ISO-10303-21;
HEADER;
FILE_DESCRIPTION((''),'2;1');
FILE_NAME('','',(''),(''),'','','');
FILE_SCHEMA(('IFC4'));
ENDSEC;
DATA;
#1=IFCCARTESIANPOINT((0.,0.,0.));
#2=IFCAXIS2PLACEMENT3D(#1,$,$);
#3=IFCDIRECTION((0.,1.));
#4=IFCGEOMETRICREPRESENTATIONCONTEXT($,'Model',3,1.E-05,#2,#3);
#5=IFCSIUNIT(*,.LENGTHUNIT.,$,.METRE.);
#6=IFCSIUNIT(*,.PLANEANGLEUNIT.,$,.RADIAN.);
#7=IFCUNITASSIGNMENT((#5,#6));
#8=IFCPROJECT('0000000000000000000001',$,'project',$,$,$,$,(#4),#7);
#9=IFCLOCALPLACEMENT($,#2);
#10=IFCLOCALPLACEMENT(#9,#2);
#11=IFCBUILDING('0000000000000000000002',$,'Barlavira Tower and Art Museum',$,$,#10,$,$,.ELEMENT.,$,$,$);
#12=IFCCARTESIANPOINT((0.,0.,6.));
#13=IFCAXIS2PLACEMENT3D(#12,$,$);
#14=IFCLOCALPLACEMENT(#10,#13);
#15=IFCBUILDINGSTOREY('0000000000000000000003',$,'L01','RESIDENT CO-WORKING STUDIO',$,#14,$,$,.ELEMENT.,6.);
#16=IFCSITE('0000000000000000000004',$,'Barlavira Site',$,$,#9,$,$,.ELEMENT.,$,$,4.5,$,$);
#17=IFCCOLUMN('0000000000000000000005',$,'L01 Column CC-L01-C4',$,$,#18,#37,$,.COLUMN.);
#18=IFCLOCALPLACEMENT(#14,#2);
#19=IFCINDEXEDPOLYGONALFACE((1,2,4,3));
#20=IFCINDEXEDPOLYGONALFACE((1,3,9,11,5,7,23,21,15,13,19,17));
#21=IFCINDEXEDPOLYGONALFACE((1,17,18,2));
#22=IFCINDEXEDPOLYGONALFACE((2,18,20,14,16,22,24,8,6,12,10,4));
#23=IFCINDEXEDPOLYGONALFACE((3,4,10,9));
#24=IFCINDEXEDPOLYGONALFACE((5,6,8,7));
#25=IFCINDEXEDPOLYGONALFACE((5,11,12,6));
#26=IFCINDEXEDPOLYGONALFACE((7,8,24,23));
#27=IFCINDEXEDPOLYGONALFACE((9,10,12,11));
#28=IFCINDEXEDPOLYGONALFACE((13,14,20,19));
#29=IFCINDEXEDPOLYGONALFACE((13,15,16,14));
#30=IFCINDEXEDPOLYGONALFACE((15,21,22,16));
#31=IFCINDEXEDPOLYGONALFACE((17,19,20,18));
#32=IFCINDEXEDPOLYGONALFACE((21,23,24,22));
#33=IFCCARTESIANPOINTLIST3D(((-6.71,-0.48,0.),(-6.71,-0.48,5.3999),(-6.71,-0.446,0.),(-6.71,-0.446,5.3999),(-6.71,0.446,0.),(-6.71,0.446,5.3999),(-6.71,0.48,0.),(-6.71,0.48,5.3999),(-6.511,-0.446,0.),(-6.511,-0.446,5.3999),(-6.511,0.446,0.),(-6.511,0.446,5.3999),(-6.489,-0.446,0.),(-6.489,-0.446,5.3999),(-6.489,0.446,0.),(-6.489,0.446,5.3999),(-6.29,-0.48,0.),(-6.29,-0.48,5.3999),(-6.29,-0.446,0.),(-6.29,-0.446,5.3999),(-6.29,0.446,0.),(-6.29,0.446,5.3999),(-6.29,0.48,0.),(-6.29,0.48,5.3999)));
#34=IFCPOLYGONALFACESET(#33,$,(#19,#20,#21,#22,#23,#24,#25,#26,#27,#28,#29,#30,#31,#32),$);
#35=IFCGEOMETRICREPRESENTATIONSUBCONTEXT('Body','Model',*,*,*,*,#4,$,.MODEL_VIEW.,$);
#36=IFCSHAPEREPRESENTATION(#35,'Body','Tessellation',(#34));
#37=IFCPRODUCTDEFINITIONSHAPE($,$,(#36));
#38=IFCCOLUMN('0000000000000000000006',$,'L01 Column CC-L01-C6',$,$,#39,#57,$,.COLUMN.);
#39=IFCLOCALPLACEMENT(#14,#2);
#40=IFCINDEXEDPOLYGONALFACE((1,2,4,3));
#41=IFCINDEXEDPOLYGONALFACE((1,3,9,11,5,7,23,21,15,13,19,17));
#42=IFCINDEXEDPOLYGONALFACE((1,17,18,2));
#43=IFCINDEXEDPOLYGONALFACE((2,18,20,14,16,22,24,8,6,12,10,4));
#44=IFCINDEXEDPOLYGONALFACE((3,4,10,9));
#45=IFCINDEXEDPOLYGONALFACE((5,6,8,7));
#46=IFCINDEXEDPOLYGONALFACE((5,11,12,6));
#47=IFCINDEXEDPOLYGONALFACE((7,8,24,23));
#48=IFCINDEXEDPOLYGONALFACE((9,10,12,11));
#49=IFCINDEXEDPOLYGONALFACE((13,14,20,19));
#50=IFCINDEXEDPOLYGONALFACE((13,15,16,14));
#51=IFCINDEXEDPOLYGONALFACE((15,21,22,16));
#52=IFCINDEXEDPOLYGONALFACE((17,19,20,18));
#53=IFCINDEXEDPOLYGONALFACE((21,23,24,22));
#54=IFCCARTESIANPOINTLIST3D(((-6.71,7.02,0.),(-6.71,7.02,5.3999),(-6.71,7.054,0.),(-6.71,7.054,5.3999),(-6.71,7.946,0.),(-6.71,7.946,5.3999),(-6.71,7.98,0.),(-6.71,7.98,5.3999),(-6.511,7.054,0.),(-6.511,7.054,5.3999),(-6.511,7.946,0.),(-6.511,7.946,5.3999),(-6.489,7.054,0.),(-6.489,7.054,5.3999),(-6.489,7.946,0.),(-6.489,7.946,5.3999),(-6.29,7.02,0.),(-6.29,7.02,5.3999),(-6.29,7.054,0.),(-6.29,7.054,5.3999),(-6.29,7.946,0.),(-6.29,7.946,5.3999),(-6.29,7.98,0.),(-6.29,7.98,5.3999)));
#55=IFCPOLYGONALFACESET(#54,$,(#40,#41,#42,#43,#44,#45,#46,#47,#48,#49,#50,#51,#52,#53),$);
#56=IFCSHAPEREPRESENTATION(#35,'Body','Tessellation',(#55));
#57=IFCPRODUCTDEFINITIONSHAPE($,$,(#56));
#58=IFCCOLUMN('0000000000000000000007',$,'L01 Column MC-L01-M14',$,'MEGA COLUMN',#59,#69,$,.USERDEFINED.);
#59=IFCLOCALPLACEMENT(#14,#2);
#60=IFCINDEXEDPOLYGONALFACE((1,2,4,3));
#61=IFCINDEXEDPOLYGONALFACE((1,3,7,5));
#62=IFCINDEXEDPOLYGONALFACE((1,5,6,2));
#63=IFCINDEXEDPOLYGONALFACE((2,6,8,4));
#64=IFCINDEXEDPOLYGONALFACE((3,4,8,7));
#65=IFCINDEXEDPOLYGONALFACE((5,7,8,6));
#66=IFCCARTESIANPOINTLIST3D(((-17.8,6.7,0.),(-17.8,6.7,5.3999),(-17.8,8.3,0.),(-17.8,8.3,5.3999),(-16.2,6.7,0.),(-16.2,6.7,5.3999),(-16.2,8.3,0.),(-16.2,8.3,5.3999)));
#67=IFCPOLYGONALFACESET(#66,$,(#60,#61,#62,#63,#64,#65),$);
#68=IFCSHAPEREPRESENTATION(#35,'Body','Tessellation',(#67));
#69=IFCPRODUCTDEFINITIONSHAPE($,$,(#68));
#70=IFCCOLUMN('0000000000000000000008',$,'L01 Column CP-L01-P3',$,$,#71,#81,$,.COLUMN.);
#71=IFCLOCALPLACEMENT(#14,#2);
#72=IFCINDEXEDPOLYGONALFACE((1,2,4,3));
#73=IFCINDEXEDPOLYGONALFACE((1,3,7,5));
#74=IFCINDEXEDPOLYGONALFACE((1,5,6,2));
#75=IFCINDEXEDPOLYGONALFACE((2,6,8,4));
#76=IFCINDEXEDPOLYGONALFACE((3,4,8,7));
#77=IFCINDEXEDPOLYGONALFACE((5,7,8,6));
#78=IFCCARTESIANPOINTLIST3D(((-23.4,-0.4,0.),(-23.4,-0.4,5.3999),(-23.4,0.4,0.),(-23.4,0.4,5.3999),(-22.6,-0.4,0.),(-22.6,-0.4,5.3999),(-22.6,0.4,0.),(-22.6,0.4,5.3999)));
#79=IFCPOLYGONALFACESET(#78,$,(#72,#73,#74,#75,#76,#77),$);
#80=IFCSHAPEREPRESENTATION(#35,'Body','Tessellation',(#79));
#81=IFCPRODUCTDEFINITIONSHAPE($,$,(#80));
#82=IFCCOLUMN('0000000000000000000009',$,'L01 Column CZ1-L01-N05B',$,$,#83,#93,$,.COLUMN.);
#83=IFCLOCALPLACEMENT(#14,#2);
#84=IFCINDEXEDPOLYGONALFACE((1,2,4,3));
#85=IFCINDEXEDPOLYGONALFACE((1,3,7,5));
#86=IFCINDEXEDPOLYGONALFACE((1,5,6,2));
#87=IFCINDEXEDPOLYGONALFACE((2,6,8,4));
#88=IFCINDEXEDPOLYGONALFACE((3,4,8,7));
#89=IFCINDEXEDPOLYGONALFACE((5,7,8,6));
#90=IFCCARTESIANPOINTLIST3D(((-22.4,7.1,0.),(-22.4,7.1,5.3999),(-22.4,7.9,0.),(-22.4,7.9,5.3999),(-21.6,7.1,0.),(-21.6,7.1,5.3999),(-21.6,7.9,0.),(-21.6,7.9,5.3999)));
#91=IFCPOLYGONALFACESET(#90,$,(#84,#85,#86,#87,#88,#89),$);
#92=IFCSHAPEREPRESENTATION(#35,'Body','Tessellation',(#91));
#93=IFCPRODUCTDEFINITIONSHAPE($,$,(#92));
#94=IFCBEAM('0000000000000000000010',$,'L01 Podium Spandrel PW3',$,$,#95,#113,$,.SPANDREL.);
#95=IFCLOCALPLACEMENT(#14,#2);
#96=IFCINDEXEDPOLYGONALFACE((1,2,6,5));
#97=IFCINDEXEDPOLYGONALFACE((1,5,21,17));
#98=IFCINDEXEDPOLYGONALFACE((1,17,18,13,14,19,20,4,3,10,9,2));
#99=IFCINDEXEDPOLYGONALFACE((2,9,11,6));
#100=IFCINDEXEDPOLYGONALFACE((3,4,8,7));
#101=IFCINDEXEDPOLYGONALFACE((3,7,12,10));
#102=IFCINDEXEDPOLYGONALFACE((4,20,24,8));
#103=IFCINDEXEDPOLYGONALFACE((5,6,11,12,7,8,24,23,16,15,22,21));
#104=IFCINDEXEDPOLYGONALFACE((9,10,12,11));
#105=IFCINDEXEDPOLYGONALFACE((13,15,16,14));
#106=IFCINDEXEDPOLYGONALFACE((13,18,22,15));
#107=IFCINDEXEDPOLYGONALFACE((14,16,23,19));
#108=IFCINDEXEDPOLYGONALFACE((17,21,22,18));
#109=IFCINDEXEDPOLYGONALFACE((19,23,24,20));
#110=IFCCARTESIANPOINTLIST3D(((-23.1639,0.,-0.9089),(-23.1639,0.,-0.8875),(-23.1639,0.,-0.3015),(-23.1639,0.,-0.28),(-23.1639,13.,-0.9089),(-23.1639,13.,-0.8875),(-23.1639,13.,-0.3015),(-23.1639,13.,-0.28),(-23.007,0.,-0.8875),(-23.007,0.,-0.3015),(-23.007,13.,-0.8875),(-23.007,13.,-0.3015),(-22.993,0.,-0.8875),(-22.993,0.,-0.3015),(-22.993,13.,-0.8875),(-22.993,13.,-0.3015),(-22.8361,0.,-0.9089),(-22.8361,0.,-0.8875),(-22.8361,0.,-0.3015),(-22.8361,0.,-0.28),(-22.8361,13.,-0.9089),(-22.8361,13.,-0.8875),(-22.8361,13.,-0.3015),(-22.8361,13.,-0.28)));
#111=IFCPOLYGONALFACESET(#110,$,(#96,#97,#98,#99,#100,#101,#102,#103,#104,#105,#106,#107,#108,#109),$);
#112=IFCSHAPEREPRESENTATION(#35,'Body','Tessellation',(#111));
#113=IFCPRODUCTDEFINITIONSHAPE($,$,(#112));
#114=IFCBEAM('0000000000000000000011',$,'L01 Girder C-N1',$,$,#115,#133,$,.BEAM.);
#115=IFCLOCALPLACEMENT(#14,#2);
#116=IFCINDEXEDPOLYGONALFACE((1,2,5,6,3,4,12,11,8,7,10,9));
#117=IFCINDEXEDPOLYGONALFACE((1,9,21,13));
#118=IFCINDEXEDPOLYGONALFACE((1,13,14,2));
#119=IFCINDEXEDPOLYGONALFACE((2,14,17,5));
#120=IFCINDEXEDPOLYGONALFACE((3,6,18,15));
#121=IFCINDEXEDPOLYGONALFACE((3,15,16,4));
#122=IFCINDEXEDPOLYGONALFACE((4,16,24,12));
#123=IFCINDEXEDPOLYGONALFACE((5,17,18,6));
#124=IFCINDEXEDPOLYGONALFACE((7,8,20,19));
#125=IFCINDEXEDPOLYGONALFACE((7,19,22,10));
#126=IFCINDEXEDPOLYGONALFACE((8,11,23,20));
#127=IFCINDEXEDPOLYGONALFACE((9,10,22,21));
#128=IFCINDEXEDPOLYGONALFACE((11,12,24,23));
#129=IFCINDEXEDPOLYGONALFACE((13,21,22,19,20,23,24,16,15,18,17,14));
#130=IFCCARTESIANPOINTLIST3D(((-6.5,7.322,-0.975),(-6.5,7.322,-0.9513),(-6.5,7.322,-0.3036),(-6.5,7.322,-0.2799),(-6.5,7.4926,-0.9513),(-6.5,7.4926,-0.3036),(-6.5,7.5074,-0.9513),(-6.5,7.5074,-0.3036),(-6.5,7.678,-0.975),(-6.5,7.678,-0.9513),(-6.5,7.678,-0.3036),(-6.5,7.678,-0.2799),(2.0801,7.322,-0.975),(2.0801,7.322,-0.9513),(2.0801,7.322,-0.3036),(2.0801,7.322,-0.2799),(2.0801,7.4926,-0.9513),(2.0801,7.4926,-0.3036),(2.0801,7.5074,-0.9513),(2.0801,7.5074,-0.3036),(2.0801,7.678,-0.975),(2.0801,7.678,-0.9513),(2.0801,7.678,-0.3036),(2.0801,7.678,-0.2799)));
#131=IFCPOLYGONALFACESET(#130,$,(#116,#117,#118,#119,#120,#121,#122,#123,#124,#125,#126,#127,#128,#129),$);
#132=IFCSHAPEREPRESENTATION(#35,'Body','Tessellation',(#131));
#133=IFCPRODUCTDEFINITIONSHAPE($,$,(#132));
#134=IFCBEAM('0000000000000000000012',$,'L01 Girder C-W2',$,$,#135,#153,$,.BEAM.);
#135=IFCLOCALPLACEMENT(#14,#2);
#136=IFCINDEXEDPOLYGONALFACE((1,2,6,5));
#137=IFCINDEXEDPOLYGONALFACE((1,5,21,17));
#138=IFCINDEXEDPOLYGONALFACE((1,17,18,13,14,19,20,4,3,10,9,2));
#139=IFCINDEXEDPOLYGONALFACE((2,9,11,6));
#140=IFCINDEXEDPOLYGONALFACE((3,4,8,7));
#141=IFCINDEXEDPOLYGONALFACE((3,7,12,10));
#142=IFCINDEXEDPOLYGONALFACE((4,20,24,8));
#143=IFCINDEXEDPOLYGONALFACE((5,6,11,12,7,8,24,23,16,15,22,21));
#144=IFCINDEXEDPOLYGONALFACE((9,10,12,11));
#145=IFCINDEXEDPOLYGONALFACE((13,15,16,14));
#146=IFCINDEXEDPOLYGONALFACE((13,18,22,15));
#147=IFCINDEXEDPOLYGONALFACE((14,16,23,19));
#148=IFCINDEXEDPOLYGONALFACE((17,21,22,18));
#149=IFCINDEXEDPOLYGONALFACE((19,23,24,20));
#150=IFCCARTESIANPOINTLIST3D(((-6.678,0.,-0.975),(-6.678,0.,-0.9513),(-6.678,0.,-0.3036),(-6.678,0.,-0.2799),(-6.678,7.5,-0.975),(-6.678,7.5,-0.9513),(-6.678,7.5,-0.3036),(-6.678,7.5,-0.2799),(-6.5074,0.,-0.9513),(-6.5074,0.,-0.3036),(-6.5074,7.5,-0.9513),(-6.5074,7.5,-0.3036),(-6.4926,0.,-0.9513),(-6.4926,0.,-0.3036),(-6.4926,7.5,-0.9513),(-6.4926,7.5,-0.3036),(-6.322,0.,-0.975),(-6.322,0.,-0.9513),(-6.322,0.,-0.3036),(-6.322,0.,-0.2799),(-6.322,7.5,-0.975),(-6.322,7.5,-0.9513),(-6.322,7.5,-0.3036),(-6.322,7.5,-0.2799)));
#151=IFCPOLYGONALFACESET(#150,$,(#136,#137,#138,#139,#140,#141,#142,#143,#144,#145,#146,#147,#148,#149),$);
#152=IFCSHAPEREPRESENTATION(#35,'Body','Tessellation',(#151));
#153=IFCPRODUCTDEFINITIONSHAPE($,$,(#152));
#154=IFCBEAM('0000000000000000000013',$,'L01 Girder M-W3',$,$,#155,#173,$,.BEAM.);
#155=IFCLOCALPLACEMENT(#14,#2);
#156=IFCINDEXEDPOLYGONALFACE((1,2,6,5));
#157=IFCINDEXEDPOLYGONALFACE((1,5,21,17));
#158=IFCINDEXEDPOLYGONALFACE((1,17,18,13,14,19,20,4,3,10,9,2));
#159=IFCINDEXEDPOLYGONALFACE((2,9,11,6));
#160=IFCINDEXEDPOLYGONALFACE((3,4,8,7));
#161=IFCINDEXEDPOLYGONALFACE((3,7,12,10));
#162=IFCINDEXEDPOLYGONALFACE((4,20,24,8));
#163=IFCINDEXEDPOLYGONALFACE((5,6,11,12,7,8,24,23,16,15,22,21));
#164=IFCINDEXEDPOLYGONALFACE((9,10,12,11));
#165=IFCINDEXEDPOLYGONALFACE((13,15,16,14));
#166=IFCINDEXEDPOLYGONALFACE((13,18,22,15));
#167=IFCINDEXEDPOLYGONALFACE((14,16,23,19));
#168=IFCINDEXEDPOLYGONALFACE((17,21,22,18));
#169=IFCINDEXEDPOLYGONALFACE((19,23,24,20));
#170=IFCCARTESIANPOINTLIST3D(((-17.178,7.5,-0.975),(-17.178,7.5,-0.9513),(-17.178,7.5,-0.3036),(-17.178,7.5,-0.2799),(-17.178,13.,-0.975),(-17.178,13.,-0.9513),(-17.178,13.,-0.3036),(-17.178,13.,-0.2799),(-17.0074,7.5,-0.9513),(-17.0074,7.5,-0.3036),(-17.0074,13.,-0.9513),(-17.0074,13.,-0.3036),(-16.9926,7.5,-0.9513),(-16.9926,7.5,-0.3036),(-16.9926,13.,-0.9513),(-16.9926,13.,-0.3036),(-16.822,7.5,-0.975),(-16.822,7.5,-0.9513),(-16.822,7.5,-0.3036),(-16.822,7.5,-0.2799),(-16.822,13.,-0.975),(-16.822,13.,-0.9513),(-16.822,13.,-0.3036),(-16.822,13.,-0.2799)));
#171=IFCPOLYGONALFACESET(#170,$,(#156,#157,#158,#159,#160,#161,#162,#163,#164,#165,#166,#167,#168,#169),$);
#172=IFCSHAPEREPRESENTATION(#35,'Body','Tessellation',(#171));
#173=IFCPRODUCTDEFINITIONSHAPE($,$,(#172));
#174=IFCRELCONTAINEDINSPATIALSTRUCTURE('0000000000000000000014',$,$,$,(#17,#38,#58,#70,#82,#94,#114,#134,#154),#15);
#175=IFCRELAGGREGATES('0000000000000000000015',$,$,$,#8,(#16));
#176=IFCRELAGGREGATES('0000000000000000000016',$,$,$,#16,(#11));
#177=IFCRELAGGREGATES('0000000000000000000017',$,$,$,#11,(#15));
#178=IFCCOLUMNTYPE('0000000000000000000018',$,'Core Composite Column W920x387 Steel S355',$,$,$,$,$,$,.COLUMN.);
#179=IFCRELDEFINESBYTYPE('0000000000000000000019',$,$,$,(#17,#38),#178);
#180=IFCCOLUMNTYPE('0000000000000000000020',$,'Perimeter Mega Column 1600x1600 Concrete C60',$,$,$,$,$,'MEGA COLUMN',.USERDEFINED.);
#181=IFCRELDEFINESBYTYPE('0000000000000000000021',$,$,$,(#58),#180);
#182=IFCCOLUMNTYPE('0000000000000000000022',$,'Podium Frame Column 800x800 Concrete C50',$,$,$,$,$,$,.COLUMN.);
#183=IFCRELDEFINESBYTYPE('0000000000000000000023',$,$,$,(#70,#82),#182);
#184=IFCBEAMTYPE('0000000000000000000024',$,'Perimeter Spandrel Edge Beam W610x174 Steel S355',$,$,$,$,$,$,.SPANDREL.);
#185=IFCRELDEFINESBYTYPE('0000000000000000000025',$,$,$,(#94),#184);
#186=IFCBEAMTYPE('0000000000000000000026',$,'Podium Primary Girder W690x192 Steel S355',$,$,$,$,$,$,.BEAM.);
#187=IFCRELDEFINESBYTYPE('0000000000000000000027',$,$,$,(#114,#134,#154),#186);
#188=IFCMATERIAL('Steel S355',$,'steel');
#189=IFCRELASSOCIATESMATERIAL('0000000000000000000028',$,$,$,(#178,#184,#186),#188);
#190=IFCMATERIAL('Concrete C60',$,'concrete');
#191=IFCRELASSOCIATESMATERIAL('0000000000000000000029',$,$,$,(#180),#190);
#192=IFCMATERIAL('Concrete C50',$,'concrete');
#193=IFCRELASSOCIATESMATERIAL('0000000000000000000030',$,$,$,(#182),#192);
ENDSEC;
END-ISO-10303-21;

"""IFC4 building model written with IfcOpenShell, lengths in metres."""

from ifc_helpers import new_model, si_unit, direction, frame, origin, origin_2d, place, context, subcontext, project, spatial, rectangle, i_section, extrude, material, material_profile, profile_set, type_object, element, save


model = new_model("IFC4")

# Units and contexts
model_context = context("Model", 3, precision=1e-05, world=origin(), true_north=direction((0.0, 1.0)))
body_context = subcontext(model_context, "Body", "Model", "MODEL_VIEW")
ifc_project = project(units=[si_unit("LENGTHUNIT", "METRE"), si_unit("PLANEANGLEUNIT", "RADIAN")], contexts=[model_context])

# Site, building, storey
site_placement = place(None, origin())
site = spatial("IfcSite", under=ifc_project, at=site_placement, Name="Barlavira Site", CompositionType="ELEMENT", RefElevation=4.5)
building_placement = place(site_placement, origin())
building = spatial("IfcBuilding", under=site, at=building_placement, Name="Barlavira Tower and Art Museum", CompositionType="ELEMENT")
storey_placement = place(building_placement, frame((0.0, 0.0, 6.0)))
storey = spatial("IfcBuildingStorey", under=building, at=storey_placement, Name="L01", Description="RESIDENT CO-WORKING STUDIO", CompositionType="ELEMENT", Elevation=6.0)

# Columns
ifc_material_1 = material(Name="Steel S355", Category="steel")
ifc_material_profile_1 = material_profile(ifc_material_1, i_section(OverallWidth=0.4199, OverallDepth=0.96, WebThickness=0.022, FlangeThickness=0.0339, at=origin_2d()), Name="W920x387.0")
ifc_profile_set_1 = profile_set([ifc_material_profile_1], Name="Steel S355")
column_type_1 = type_object("IfcColumnType", Name="Core Composite Column W920x387 Steel S355", PredefinedType="COLUMN", material=ifc_profile_set_1)
for number, where, z_axis, x_axis, name in (
    (1, (-6.5, 0.0, 0.0), (0.0, 0.0, 1.0), (1.0, 0.0, 0.0), "L01 Column CC-L01-C4"),
    (2, (-6.5, 7.5, 0.0), (0.0, 0.0, 1.0), (1.0, 0.0, 0.0), "L01 Column CC-L01-C6"),
):
    element("IfcColumn", number, at=place(storey_placement, frame(where, z_axis=z_axis, x_axis=x_axis)), inside=storey, type_object=column_type_1, Name=name, PredefinedType="COLUMN", context=body_context, shape_type="SweptSolid", body=[
        extrude(i_section(OverallWidth=0.4199, OverallDepth=0.96, WebThickness=0.022, FlangeThickness=0.0339, at=origin_2d()), origin(), (0.0, 0.0, 1.0), 5.3999),
    ])
ifc_material_2 = material(Name="Concrete C60", Category="concrete")
ifc_material_profile_2 = material_profile(ifc_material_2, rectangle(XDim=1.6001, YDim=1.6001, at=origin_2d()), Name="RC-MCOL 1600x1600")
ifc_profile_set_2 = profile_set([ifc_material_profile_2], Name="Concrete C60")
column_type_2 = type_object("IfcColumnType", Name="Perimeter Mega Column 1600x1600 Concrete C60", ElementType="MEGA COLUMN", PredefinedType="USERDEFINED", material=ifc_profile_set_2)
column_placement = place(storey_placement, frame((-17.0, 7.5, 0.0), z_axis=(0.0, 0.0, 1.0), x_axis=(1.0, 0.0, 0.0)))
element("IfcColumn", 3, at=column_placement, inside=storey, type_object=column_type_2, Name="L01 Column MC-L01-M14", ObjectType="MEGA COLUMN", PredefinedType="USERDEFINED", context=body_context, shape_type="SweptSolid", body=[
    extrude(rectangle(XDim=1.6001, YDim=1.6001, at=origin_2d()), origin(), (0.0, 0.0, 1.0), 5.3999),
])
ifc_material_3 = material(Name="Concrete C50", Category="concrete")
ifc_material_profile_3 = material_profile(ifc_material_3, rectangle(XDim=0.8, YDim=0.8, at=origin_2d()), Name="RC-COL 800x800")
ifc_profile_set_3 = profile_set([ifc_material_profile_3], Name="Concrete C50")
column_type_3 = type_object("IfcColumnType", Name="Podium Frame Column 800x800 Concrete C50", PredefinedType="COLUMN", material=ifc_profile_set_3)
for number, where, z_axis, x_axis, name in (
    (4, (-23.0, 0.0, 0.0), (0.0, 0.0, 1.0), (1.0, 0.0, 0.0), "L01 Column CP-L01-P3"),
    (5, (-22.0, 7.5, 0.0), (0.0, 0.0, 1.0), (1.0, 0.0, 0.0), "L01 Column CZ1-L01-N05B"),
):
    element("IfcColumn", number, at=place(storey_placement, frame(where, z_axis=z_axis, x_axis=x_axis)), inside=storey, type_object=column_type_3, Name=name, PredefinedType="COLUMN", context=body_context, shape_type="SweptSolid", body=[
        extrude(rectangle(XDim=0.8, YDim=0.8, at=origin_2d()), origin(), (0.0, 0.0, 1.0), 5.3999),
    ])

# Beams
ifc_material_profile_4 = material_profile(ifc_material_1, i_section(OverallWidth=0.3279, OverallDepth=0.6289, WebThickness=0.0139, FlangeThickness=0.0215, at=origin_2d()), Name="W610x174.0")
ifc_profile_set_4 = profile_set([ifc_material_profile_4], Name="Steel S355")
beam_type_1 = type_object("IfcBeamType", Name="Perimeter Spandrel Edge Beam W610x174 Steel S355", PredefinedType="SPANDREL", material=ifc_profile_set_4)
beam_1_placement = place(storey_placement, frame((-23.0, 0.0, -0.5945), z_axis=(0.0, 1.0, 0.0), x_axis=(-1.0, 0.0, 0.0)))
element("IfcBeam", 6, at=beam_1_placement, inside=storey, type_object=beam_type_1, Name="L01 Podium Spandrel PW3", PredefinedType="SPANDREL", context=body_context, shape_type="SweptSolid", body=[
    extrude(i_section(OverallWidth=0.3279, OverallDepth=0.6289, WebThickness=0.0139, FlangeThickness=0.0215, at=origin_2d()), origin(), (0.0, 0.0, 1.0), 13.0),
])
ifc_material_profile_5 = material_profile(ifc_material_1, i_section(OverallWidth=0.356, OverallDepth=0.6951, WebThickness=0.0149, FlangeThickness=0.0237, at=origin_2d()), Name="W690x192.0")
ifc_profile_set_5 = profile_set([ifc_material_profile_5], Name="Steel S355")
beam_type_2 = type_object("IfcBeamType", Name="Podium Primary Girder W690x192 Steel S355", PredefinedType="BEAM", material=ifc_profile_set_5)
beam_2_placement = place(storey_placement, frame((-6.5, 7.5, -0.6274), z_axis=(1.0, 0.0, 0.0), x_axis=(0.0, 1.0, 0.0)))
element("IfcBeam", 7, at=beam_2_placement, inside=storey, type_object=beam_type_2, Name="L01 Girder C-N1", PredefinedType="BEAM", context=body_context, shape_type="SweptSolid", body=[
    extrude(i_section(OverallWidth=0.356, OverallDepth=0.6951, WebThickness=0.0149, FlangeThickness=0.0237, at=origin_2d()), origin(), (0.0, 0.0, 1.0), 8.5801),
])
beam_3_placement = place(storey_placement, frame((-6.5, 0.0, -0.6274), z_axis=(0.0, 1.0, 0.0), x_axis=(-1.0, 0.0, 0.0)))
element("IfcBeam", 8, at=beam_3_placement, inside=storey, type_object=beam_type_2, Name="L01 Girder C-W2", PredefinedType="BEAM", context=body_context, shape_type="SweptSolid", body=[
    extrude(i_section(OverallWidth=0.356, OverallDepth=0.6951, WebThickness=0.0149, FlangeThickness=0.0237, at=origin_2d()), origin(), (0.0, 0.0, 1.0), 7.5),
])
beam_4_placement = place(storey_placement, frame((-17.0, 7.5, -0.6274), z_axis=(0.0, 1.0, 0.0), x_axis=(-1.0, 0.0, 0.0)))
element("IfcBeam", 9, at=beam_4_placement, inside=storey, type_object=beam_type_2, Name="L01 Girder M-W3", PredefinedType="BEAM", context=body_context, shape_type="SweptSolid", body=[
    extrude(i_section(OverallWidth=0.356, OverallDepth=0.6951, WebThickness=0.0149, FlangeThickness=0.0237, at=origin_2d()), origin(), (0.0, 0.0, 1.0), 5.5),
])

save(model, "model.ifc")
